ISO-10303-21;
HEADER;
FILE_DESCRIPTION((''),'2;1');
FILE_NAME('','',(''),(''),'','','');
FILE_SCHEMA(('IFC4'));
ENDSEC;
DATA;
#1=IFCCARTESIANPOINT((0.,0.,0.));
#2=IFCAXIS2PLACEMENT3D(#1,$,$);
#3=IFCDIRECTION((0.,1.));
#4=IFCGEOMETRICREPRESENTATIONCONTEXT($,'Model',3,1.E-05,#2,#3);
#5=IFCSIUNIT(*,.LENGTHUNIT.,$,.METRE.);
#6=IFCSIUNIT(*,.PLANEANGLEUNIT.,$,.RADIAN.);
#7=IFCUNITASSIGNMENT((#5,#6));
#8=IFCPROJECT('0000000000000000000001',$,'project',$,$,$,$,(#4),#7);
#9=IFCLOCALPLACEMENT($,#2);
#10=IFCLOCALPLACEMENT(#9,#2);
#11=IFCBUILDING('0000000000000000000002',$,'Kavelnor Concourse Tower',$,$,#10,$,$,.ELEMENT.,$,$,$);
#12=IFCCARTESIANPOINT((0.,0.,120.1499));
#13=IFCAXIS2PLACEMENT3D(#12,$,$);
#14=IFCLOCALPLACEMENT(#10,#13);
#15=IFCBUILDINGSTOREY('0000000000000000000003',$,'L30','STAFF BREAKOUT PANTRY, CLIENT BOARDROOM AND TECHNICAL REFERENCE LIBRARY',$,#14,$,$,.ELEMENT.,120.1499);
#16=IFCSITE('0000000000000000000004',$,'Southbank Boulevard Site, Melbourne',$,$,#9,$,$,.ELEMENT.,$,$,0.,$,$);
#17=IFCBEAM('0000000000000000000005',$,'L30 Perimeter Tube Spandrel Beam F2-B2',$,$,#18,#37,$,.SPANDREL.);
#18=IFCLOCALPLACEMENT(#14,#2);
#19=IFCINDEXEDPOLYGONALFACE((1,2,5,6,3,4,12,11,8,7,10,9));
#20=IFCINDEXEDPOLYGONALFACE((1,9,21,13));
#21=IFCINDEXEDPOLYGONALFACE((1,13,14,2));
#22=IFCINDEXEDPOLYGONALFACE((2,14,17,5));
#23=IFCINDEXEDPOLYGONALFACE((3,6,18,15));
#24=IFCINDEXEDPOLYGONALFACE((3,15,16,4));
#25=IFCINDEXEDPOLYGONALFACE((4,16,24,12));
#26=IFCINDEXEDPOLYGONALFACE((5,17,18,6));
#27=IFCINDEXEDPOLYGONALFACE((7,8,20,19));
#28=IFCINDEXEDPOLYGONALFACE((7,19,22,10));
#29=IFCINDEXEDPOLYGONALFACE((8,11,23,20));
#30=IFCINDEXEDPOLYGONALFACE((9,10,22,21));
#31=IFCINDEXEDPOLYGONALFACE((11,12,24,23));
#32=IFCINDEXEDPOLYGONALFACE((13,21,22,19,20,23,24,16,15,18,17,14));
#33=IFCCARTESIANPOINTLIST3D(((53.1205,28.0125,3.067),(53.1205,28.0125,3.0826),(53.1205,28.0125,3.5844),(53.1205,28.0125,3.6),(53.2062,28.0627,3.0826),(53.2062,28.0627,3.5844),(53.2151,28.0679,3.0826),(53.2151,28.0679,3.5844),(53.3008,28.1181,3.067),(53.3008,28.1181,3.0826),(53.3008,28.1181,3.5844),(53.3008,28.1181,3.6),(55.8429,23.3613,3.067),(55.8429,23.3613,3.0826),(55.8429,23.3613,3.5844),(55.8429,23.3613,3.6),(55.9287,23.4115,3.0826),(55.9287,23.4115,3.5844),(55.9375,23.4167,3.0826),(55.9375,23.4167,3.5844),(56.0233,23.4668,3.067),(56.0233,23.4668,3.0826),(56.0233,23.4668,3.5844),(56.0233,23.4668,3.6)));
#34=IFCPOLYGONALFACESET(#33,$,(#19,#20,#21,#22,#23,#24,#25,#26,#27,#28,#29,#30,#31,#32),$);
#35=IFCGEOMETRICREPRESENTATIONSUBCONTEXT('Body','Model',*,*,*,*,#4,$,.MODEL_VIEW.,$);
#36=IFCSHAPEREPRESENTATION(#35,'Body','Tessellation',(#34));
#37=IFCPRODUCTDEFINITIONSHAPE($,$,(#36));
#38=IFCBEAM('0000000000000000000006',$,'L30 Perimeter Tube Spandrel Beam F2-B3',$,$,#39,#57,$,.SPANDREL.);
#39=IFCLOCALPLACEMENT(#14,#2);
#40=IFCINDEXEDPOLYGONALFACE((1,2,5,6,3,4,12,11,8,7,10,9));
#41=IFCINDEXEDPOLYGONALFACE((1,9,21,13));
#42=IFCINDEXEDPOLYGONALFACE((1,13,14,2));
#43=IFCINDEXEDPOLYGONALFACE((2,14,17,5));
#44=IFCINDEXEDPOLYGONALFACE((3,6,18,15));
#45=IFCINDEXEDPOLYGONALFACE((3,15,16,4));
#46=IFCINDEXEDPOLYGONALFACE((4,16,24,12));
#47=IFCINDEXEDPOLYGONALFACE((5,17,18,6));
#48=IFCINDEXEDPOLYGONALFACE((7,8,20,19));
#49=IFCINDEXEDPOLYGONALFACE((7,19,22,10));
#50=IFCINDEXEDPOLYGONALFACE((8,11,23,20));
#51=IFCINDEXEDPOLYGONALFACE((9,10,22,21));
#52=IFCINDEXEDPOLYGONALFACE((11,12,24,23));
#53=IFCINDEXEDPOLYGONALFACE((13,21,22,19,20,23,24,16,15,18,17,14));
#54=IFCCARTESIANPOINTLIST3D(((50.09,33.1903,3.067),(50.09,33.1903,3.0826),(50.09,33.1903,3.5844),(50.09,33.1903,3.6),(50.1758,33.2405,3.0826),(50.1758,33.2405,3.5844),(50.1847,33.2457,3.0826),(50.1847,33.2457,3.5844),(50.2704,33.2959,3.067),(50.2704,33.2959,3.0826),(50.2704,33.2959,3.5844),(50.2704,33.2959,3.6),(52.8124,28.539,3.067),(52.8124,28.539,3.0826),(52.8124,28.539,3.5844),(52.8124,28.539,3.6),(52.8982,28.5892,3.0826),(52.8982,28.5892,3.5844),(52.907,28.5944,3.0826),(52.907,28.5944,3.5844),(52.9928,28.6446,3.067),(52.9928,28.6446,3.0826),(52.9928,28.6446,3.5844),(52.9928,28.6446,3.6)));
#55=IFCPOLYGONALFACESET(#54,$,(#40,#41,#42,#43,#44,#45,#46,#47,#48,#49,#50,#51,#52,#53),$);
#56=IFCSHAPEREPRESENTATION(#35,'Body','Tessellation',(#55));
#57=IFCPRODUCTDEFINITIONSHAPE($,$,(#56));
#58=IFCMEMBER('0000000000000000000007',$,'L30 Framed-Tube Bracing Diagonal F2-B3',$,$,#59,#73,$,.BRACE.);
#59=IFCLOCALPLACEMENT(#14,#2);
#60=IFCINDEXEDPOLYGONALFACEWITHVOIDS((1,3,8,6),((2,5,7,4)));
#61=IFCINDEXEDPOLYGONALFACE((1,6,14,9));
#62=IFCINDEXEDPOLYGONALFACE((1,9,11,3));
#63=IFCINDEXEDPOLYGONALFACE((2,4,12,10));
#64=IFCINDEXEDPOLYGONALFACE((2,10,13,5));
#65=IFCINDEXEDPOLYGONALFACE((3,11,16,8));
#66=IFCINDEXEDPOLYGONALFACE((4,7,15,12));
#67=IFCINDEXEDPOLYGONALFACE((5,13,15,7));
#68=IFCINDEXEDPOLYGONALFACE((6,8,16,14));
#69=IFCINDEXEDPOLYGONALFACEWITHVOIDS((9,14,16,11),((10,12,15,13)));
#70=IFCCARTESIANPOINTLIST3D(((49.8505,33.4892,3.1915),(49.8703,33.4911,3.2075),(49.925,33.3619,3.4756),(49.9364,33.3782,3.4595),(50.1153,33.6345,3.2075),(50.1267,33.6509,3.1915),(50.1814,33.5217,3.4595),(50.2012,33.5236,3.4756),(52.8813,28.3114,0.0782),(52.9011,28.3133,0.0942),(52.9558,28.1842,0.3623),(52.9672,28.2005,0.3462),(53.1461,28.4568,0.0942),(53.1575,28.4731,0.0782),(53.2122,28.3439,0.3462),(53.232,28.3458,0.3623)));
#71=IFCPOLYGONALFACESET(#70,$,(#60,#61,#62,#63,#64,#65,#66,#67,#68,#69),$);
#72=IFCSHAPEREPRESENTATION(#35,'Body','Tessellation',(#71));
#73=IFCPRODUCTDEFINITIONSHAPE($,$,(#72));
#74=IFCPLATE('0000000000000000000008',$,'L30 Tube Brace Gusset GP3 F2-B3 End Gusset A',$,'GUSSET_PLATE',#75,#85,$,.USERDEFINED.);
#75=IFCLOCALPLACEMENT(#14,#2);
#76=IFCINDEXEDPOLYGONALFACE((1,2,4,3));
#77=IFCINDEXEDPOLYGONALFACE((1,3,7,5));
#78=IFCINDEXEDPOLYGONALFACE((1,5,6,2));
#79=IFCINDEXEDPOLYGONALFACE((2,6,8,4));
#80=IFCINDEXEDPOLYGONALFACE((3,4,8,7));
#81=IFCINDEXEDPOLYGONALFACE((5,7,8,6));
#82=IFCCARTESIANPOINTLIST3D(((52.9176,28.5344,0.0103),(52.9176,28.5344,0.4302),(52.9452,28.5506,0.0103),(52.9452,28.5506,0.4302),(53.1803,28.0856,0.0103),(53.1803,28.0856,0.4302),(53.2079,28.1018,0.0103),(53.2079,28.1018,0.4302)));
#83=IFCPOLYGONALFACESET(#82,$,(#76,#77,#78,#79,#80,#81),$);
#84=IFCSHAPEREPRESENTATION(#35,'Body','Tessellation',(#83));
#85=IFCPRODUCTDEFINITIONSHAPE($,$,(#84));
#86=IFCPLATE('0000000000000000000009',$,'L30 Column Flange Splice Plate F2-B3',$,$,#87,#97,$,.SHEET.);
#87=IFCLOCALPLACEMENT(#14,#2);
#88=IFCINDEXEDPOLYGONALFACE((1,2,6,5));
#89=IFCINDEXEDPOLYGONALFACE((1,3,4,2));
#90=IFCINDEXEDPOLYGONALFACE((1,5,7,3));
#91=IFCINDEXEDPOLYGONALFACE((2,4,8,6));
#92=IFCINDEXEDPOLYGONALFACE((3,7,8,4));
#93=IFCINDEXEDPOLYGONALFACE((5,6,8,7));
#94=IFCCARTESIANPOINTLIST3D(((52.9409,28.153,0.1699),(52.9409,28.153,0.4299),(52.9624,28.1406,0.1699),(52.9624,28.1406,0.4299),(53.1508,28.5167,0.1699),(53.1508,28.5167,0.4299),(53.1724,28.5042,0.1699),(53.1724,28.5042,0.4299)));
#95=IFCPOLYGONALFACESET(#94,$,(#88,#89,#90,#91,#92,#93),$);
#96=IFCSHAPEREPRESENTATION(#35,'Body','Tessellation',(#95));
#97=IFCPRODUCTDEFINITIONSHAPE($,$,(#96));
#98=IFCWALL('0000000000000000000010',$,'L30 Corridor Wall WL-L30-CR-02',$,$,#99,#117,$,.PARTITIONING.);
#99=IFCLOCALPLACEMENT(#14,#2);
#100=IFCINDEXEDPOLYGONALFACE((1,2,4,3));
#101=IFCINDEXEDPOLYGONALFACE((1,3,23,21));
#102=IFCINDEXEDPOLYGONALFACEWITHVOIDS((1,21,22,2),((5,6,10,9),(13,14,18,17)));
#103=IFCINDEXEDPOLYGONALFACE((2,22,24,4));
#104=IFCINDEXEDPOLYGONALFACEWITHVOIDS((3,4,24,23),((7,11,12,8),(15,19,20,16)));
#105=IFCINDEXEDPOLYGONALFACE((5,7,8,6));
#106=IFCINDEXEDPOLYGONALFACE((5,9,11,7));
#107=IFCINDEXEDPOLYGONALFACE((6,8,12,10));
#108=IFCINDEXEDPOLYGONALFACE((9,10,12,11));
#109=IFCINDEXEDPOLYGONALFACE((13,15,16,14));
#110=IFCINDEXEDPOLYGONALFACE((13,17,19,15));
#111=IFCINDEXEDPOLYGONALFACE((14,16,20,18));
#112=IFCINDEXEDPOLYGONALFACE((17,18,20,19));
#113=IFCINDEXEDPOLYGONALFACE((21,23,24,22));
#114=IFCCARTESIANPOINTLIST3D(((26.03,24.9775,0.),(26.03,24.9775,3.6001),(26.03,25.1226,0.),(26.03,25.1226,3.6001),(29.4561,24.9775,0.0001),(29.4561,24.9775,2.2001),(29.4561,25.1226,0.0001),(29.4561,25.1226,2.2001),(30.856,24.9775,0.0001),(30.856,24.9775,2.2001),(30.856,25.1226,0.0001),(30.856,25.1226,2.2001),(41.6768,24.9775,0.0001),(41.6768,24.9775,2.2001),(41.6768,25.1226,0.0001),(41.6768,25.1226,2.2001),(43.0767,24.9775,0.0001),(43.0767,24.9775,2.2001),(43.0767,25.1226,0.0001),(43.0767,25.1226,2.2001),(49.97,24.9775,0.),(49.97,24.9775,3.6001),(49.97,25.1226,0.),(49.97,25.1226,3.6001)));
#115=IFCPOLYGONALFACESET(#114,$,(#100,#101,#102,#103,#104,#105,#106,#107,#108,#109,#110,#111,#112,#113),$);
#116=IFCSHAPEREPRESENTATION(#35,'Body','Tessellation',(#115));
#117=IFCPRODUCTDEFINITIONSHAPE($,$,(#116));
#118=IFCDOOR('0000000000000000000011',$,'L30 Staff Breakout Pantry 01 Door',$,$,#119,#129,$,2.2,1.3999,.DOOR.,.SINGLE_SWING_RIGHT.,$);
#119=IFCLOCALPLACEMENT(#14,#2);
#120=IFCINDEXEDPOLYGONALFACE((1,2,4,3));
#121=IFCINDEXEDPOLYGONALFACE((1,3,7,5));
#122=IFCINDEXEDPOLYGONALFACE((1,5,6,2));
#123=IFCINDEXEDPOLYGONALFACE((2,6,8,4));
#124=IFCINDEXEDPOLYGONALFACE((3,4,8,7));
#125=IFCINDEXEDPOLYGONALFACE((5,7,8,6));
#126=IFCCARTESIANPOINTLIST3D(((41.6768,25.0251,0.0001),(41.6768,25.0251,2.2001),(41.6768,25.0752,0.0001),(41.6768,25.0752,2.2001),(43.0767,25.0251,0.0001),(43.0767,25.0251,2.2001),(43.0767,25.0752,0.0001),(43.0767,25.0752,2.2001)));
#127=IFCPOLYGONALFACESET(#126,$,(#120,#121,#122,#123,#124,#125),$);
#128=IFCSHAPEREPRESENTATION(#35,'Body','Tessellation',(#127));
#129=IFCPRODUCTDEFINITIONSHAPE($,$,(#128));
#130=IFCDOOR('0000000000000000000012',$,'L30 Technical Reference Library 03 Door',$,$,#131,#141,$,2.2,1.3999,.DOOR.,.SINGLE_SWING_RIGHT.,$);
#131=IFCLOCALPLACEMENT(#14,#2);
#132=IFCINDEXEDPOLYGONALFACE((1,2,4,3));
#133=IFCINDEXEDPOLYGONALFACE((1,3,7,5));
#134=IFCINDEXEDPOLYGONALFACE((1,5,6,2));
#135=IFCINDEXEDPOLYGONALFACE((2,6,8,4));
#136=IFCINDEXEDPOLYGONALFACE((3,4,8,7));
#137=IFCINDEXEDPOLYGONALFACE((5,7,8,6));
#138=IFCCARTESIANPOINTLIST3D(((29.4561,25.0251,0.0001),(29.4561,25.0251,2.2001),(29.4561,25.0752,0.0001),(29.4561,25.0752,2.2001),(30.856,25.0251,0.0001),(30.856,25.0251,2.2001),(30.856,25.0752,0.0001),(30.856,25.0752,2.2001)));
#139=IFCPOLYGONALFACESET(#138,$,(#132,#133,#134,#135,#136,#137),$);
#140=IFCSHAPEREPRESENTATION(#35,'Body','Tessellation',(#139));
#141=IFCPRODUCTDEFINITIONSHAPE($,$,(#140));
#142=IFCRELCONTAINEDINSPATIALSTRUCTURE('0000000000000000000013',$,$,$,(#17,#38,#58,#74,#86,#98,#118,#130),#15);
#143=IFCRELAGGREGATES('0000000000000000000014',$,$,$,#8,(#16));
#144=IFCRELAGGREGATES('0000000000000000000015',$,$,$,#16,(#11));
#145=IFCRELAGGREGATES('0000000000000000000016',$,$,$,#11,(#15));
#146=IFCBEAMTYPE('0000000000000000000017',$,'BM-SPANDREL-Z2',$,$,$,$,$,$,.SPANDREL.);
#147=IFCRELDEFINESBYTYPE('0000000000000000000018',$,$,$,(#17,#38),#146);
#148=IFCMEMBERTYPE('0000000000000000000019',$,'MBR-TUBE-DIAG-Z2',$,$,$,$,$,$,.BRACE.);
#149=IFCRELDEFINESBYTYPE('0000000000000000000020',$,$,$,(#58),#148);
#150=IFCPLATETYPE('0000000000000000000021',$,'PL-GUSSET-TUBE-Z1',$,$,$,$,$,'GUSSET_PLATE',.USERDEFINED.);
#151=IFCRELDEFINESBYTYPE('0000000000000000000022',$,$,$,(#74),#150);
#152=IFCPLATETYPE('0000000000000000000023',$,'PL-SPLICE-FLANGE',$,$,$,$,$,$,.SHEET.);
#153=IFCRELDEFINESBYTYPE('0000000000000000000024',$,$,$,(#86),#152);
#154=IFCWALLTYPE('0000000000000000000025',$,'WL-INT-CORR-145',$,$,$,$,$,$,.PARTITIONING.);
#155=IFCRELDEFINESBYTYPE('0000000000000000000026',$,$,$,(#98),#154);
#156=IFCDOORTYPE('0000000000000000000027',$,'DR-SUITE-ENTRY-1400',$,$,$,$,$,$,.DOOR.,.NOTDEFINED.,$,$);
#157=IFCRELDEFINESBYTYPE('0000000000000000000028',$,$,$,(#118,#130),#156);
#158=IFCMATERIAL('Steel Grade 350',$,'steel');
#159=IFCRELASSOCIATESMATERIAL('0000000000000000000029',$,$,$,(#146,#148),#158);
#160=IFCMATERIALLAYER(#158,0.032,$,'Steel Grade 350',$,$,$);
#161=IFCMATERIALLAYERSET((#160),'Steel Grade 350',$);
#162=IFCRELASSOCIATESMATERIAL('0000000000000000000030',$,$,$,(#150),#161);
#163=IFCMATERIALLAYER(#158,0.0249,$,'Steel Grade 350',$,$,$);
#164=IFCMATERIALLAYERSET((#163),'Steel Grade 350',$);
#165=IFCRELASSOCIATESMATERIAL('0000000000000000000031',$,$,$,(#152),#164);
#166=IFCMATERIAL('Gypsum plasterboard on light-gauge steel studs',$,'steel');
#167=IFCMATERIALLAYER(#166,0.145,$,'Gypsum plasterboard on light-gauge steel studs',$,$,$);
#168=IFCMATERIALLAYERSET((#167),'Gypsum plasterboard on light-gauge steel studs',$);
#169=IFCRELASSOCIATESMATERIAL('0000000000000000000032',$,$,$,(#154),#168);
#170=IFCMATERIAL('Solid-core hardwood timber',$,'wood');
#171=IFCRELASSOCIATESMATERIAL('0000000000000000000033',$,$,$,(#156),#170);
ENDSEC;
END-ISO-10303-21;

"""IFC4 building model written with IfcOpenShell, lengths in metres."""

from ifc_helpers import new_model, si_unit, direction, frame, frame_2d, origin, origin_2d, place, context, subcontext, project, spatial, rectangle, hollow_rectangle, i_section, extrude, material, layer, layer_set, material_profile, profile_set, type_object, element, fill, save


model = new_model("IFC4")

# Units and contexts
model_context = context("Model", 3, precision=1e-05, world=origin(), true_north=direction((0.0, 1.0)))
body_context = subcontext(model_context, "Body", "Model", "MODEL_VIEW")
ifc_project = project(units=[si_unit("LENGTHUNIT", "METRE"), si_unit("PLANEANGLEUNIT", "RADIAN")], contexts=[model_context])

# Site, building, storey
site_placement = place(None, origin())
site = spatial("IfcSite", under=ifc_project, at=site_placement, Name="Southbank Boulevard Site, Melbourne", CompositionType="ELEMENT", RefElevation=0.0)
building_placement = place(site_placement, origin())
building = spatial("IfcBuilding", under=site, at=building_placement, Name="Kavelnor Concourse Tower", CompositionType="ELEMENT")
storey_placement = place(building_placement, frame((0.0, 0.0, 120.1499)))
storey = spatial("IfcBuildingStorey", under=building, at=storey_placement, Name="L30", Description="STAFF BREAKOUT PANTRY, CLIENT BOARDROOM AND TECHNICAL REFERENCE LIBRARY", CompositionType="ELEMENT", Elevation=120.1499)

# Shared definitions
ifc_material_1 = material(Name="Steel Grade 350", Category="steel")

# Beams
ifc_material_profile_1 = material_profile(ifc_material_1, i_section(OverallWidth=0.209, OverallDepth=0.533, WebThickness=0.0103, FlangeThickness=0.0156, at=origin_2d()), Name="530UB92")
ifc_profile_set_1 = profile_set([ifc_material_profile_1], Name="Steel Grade 350")
beam_type_1 = type_object("IfcBeamType", Name="BM-SPANDREL-Z2", PredefinedType="SPANDREL", material=ifc_profile_set_1)
for number, where, z_axis, x_axis, name in (
    (1, (55.9331, 23.4141, 3.3335), (-0.505152, 0.86303, 0.0), (-0.86303, -0.505152, 0.0), "L30 Perimeter Tube Spandrel Beam F2-B2"),
    (2, (52.9026, 28.5918, 3.3335), (-0.505132, 0.863042, 0.0), (-0.863042, -0.505132, 0.0), "L30 Perimeter Tube Spandrel Beam F2-B3"),
):
    element("IfcBeam", number, at=place(storey_placement, frame(where, z_axis=z_axis, x_axis=x_axis)), inside=storey, type_object=beam_type_1, Name=name, PredefinedType="SPANDREL", context=body_context, shape_type="SweptSolid", body=[
        extrude(i_section(OverallWidth=0.209, OverallDepth=0.533, WebThickness=0.0103, FlangeThickness=0.0156, at=origin_2d()), origin(), (0.0, 0.0, 1.0), 5.3894),
    ])

# Member
ifc_material_profile_2 = material_profile(ifc_material_1, hollow_rectangle(XDim=0.3201, YDim=0.3201, WallThickness=0.0181, at=origin_2d()), Name="SHS 320x320x18")
ifc_profile_set_2 = profile_set([ifc_material_profile_2], Name="Steel Grade 350")
member_type = type_object("IfcMemberType", Name="MBR-TUBE-DIAG-Z2", PredefinedType="BRACE", material=ifc_profile_set_2)
member_placement = place(storey_placement, frame((53.0566, 28.3286, 0.2202), z_axis=(-0.44839, 0.766026, 0.460598), x_axis=(-0.863022, -0.505166, 0.0)))
element("IfcMember", 3, at=member_placement, inside=storey, type_object=member_type, Name="L30 Framed-Tube Bracing Diagonal F2-B3", PredefinedType="BRACE", context=body_context, shape_type="SweptSolid", body=[
    extrude(hollow_rectangle(XDim=0.3201, YDim=0.3201, WallThickness=0.0181, at=origin_2d()), origin(), (0.0, 0.0, 1.0), 6.7593),
])

# Plates
ifc_layer_1 = layer(ifc_material_1, 0.032, Name="Steel Grade 350")
ifc_layer_set_1 = layer_set([ifc_layer_1], Name="Steel Grade 350")
plate_type_1 = type_object("IfcPlateType", Name="PL-GUSSET-TUBE-Z1", ElementType="GUSSET_PLATE", PredefinedType="USERDEFINED", material=ifc_layer_set_1)
plate_1_placement = place(storey_placement, frame((53.0627, 28.3181, 0.0103), z_axis=(0.0, 0.0, 1.0), x_axis=(-0.50513, 0.863043, 0.0)))
element("IfcPlate", 4, at=plate_1_placement, inside=storey, type_object=plate_type_1, Name="L30 Tube Brace Gusset GP3 F2-B3 End Gusset A", ObjectType="GUSSET_PLATE", PredefinedType="USERDEFINED", context=body_context, shape_type="SweptSolid", body=[
    extrude(rectangle(XDim=0.52, YDim=0.032, at=origin_2d()), origin(), (0.0, 0.0, 1.0), 0.4199),
])
ifc_layer_2 = layer(ifc_material_1, 0.0249, Name="Steel Grade 350")
ifc_layer_set_2 = layer_set([ifc_layer_2], Name="Steel Grade 350")
plate_type_2 = type_object("IfcPlateType", Name="PL-SPLICE-FLANGE", PredefinedType="SHEET", material=ifc_layer_set_2)
plate_2_placement = place(storey_placement, frame((53.0566, 28.3286, 0.1699), z_axis=(0.0, 0.0, 1.0), x_axis=(-0.5, -0.866025, 0.0)))
element("IfcPlate", 5, at=plate_2_placement, inside=storey, type_object=plate_type_2, Name="L30 Column Flange Splice Plate F2-B3", PredefinedType="SHEET", context=body_context, shape_type="SweptSolid", body=[
    extrude(rectangle(XDim=0.4199, YDim=0.0249, at=origin_2d()), origin(), (0.0, 0.0, 1.0), 0.26),
])

# Wall, openings, doors
ifc_material_2 = material(Name="Gypsum plasterboard on light-gauge steel studs", Category="steel")
ifc_layer_3 = layer(ifc_material_2, 0.145, Name="Gypsum plasterboard on light-gauge steel studs")
ifc_layer_set_3 = layer_set([ifc_layer_3], Name="Gypsum plasterboard on light-gauge steel studs")
wall_type = type_object("IfcWallType", Name="WL-INT-CORR-145", PredefinedType="PARTITIONING", material=ifc_layer_set_3)
wall_placement = place(storey_placement, frame((49.97, 25.05, 0.0), z_axis=(0.0, 0.0, 1.0), x_axis=(-1.0, 0.0, 0.0)))
wall = element("IfcWall", 6, at=wall_placement, inside=storey, type_object=wall_type, Name="L30 Corridor Wall WL-L30-CR-02", PredefinedType="PARTITIONING", context=body_context, shape_type="SweptSolid", body=[
    extrude(rectangle(XDim=23.9399, YDim=0.145, at=frame_2d((11.97, 0.0))), origin(), (0.0, 0.0, 1.0), 3.6001),
])
opening_1_placement = place(wall_placement, frame((6.8933, 0.0, 0.0)))
opening_1 = element("IfcOpeningElement", 7, at=opening_1_placement, cuts=wall, PredefinedType="OPENING", context=body_context, shape_type="SweptSolid", body=[
    extrude(rectangle(XDim=1.3999, YDim=2.2, at=frame_2d((0.7, 1.1001))), frame((0.0, 0.0825, 0.0), z_axis=(0.0, -1.0, 0.0), x_axis=(1.0, 0.0, 0.0)), (0.0, 0.0, 1.0), 0.165),
])
opening_2_placement = place(wall_placement, frame((19.114, 0.0, 0.0)))
opening_2 = element("IfcOpeningElement", 8, at=opening_2_placement, cuts=wall, PredefinedType="OPENING", context=body_context, shape_type="SweptSolid", body=[
    extrude(rectangle(XDim=1.3999, YDim=2.2, at=frame_2d((0.7, 1.1001))), frame((0.0, 0.0825, 0.0), z_axis=(0.0, -1.0, 0.0), x_axis=(1.0, 0.0, 0.0)), (0.0, 0.0, 1.0), 0.165),
])
ifc_material_3 = material(Name="Solid-core hardwood timber", Category="wood")
door_type = type_object("IfcDoorType", Name="DR-SUITE-ENTRY-1400", OperationType="NOTDEFINED", PredefinedType="DOOR", material=ifc_material_3)
door_1_placement = place(opening_1_placement, origin())
door_1 = element("IfcDoor", 9, at=door_1_placement, inside=storey, type_object=door_type, Name="L30 Staff Breakout Pantry 01 Door", OperationType="SINGLE_SWING_RIGHT", OverallHeight=2.2, OverallWidth=1.3999, PredefinedType="DOOR", context=body_context, shape_type="SweptSolid", body=[
    extrude(rectangle(XDim=1.3999, YDim=2.2, at=frame_2d((0.7, 1.1001))), frame((0.0, 0.0249, 0.0), z_axis=(0.0, -1.0, 0.0), x_axis=(1.0, 0.0, 0.0)), (0.0, 0.0, 1.0), 0.05),
])
fill(opening_1, door_1)
door_2_placement = place(opening_2_placement, origin())
door_2 = element("IfcDoor", 10, at=door_2_placement, inside=storey, type_object=door_type, Name="L30 Technical Reference Library 03 Door", OperationType="SINGLE_SWING_RIGHT", OverallHeight=2.2, OverallWidth=1.3999, PredefinedType="DOOR", context=body_context, shape_type="SweptSolid", body=[
    extrude(rectangle(XDim=1.3999, YDim=2.2, at=frame_2d((0.7, 1.1001))), frame((0.0, 0.0249, 0.0), z_axis=(0.0, -1.0, 0.0), x_axis=(1.0, 0.0, 0.0)), (0.0, 0.0, 1.0), 0.05),
])
fill(opening_2, door_2)

save(model, "model.ifc")
